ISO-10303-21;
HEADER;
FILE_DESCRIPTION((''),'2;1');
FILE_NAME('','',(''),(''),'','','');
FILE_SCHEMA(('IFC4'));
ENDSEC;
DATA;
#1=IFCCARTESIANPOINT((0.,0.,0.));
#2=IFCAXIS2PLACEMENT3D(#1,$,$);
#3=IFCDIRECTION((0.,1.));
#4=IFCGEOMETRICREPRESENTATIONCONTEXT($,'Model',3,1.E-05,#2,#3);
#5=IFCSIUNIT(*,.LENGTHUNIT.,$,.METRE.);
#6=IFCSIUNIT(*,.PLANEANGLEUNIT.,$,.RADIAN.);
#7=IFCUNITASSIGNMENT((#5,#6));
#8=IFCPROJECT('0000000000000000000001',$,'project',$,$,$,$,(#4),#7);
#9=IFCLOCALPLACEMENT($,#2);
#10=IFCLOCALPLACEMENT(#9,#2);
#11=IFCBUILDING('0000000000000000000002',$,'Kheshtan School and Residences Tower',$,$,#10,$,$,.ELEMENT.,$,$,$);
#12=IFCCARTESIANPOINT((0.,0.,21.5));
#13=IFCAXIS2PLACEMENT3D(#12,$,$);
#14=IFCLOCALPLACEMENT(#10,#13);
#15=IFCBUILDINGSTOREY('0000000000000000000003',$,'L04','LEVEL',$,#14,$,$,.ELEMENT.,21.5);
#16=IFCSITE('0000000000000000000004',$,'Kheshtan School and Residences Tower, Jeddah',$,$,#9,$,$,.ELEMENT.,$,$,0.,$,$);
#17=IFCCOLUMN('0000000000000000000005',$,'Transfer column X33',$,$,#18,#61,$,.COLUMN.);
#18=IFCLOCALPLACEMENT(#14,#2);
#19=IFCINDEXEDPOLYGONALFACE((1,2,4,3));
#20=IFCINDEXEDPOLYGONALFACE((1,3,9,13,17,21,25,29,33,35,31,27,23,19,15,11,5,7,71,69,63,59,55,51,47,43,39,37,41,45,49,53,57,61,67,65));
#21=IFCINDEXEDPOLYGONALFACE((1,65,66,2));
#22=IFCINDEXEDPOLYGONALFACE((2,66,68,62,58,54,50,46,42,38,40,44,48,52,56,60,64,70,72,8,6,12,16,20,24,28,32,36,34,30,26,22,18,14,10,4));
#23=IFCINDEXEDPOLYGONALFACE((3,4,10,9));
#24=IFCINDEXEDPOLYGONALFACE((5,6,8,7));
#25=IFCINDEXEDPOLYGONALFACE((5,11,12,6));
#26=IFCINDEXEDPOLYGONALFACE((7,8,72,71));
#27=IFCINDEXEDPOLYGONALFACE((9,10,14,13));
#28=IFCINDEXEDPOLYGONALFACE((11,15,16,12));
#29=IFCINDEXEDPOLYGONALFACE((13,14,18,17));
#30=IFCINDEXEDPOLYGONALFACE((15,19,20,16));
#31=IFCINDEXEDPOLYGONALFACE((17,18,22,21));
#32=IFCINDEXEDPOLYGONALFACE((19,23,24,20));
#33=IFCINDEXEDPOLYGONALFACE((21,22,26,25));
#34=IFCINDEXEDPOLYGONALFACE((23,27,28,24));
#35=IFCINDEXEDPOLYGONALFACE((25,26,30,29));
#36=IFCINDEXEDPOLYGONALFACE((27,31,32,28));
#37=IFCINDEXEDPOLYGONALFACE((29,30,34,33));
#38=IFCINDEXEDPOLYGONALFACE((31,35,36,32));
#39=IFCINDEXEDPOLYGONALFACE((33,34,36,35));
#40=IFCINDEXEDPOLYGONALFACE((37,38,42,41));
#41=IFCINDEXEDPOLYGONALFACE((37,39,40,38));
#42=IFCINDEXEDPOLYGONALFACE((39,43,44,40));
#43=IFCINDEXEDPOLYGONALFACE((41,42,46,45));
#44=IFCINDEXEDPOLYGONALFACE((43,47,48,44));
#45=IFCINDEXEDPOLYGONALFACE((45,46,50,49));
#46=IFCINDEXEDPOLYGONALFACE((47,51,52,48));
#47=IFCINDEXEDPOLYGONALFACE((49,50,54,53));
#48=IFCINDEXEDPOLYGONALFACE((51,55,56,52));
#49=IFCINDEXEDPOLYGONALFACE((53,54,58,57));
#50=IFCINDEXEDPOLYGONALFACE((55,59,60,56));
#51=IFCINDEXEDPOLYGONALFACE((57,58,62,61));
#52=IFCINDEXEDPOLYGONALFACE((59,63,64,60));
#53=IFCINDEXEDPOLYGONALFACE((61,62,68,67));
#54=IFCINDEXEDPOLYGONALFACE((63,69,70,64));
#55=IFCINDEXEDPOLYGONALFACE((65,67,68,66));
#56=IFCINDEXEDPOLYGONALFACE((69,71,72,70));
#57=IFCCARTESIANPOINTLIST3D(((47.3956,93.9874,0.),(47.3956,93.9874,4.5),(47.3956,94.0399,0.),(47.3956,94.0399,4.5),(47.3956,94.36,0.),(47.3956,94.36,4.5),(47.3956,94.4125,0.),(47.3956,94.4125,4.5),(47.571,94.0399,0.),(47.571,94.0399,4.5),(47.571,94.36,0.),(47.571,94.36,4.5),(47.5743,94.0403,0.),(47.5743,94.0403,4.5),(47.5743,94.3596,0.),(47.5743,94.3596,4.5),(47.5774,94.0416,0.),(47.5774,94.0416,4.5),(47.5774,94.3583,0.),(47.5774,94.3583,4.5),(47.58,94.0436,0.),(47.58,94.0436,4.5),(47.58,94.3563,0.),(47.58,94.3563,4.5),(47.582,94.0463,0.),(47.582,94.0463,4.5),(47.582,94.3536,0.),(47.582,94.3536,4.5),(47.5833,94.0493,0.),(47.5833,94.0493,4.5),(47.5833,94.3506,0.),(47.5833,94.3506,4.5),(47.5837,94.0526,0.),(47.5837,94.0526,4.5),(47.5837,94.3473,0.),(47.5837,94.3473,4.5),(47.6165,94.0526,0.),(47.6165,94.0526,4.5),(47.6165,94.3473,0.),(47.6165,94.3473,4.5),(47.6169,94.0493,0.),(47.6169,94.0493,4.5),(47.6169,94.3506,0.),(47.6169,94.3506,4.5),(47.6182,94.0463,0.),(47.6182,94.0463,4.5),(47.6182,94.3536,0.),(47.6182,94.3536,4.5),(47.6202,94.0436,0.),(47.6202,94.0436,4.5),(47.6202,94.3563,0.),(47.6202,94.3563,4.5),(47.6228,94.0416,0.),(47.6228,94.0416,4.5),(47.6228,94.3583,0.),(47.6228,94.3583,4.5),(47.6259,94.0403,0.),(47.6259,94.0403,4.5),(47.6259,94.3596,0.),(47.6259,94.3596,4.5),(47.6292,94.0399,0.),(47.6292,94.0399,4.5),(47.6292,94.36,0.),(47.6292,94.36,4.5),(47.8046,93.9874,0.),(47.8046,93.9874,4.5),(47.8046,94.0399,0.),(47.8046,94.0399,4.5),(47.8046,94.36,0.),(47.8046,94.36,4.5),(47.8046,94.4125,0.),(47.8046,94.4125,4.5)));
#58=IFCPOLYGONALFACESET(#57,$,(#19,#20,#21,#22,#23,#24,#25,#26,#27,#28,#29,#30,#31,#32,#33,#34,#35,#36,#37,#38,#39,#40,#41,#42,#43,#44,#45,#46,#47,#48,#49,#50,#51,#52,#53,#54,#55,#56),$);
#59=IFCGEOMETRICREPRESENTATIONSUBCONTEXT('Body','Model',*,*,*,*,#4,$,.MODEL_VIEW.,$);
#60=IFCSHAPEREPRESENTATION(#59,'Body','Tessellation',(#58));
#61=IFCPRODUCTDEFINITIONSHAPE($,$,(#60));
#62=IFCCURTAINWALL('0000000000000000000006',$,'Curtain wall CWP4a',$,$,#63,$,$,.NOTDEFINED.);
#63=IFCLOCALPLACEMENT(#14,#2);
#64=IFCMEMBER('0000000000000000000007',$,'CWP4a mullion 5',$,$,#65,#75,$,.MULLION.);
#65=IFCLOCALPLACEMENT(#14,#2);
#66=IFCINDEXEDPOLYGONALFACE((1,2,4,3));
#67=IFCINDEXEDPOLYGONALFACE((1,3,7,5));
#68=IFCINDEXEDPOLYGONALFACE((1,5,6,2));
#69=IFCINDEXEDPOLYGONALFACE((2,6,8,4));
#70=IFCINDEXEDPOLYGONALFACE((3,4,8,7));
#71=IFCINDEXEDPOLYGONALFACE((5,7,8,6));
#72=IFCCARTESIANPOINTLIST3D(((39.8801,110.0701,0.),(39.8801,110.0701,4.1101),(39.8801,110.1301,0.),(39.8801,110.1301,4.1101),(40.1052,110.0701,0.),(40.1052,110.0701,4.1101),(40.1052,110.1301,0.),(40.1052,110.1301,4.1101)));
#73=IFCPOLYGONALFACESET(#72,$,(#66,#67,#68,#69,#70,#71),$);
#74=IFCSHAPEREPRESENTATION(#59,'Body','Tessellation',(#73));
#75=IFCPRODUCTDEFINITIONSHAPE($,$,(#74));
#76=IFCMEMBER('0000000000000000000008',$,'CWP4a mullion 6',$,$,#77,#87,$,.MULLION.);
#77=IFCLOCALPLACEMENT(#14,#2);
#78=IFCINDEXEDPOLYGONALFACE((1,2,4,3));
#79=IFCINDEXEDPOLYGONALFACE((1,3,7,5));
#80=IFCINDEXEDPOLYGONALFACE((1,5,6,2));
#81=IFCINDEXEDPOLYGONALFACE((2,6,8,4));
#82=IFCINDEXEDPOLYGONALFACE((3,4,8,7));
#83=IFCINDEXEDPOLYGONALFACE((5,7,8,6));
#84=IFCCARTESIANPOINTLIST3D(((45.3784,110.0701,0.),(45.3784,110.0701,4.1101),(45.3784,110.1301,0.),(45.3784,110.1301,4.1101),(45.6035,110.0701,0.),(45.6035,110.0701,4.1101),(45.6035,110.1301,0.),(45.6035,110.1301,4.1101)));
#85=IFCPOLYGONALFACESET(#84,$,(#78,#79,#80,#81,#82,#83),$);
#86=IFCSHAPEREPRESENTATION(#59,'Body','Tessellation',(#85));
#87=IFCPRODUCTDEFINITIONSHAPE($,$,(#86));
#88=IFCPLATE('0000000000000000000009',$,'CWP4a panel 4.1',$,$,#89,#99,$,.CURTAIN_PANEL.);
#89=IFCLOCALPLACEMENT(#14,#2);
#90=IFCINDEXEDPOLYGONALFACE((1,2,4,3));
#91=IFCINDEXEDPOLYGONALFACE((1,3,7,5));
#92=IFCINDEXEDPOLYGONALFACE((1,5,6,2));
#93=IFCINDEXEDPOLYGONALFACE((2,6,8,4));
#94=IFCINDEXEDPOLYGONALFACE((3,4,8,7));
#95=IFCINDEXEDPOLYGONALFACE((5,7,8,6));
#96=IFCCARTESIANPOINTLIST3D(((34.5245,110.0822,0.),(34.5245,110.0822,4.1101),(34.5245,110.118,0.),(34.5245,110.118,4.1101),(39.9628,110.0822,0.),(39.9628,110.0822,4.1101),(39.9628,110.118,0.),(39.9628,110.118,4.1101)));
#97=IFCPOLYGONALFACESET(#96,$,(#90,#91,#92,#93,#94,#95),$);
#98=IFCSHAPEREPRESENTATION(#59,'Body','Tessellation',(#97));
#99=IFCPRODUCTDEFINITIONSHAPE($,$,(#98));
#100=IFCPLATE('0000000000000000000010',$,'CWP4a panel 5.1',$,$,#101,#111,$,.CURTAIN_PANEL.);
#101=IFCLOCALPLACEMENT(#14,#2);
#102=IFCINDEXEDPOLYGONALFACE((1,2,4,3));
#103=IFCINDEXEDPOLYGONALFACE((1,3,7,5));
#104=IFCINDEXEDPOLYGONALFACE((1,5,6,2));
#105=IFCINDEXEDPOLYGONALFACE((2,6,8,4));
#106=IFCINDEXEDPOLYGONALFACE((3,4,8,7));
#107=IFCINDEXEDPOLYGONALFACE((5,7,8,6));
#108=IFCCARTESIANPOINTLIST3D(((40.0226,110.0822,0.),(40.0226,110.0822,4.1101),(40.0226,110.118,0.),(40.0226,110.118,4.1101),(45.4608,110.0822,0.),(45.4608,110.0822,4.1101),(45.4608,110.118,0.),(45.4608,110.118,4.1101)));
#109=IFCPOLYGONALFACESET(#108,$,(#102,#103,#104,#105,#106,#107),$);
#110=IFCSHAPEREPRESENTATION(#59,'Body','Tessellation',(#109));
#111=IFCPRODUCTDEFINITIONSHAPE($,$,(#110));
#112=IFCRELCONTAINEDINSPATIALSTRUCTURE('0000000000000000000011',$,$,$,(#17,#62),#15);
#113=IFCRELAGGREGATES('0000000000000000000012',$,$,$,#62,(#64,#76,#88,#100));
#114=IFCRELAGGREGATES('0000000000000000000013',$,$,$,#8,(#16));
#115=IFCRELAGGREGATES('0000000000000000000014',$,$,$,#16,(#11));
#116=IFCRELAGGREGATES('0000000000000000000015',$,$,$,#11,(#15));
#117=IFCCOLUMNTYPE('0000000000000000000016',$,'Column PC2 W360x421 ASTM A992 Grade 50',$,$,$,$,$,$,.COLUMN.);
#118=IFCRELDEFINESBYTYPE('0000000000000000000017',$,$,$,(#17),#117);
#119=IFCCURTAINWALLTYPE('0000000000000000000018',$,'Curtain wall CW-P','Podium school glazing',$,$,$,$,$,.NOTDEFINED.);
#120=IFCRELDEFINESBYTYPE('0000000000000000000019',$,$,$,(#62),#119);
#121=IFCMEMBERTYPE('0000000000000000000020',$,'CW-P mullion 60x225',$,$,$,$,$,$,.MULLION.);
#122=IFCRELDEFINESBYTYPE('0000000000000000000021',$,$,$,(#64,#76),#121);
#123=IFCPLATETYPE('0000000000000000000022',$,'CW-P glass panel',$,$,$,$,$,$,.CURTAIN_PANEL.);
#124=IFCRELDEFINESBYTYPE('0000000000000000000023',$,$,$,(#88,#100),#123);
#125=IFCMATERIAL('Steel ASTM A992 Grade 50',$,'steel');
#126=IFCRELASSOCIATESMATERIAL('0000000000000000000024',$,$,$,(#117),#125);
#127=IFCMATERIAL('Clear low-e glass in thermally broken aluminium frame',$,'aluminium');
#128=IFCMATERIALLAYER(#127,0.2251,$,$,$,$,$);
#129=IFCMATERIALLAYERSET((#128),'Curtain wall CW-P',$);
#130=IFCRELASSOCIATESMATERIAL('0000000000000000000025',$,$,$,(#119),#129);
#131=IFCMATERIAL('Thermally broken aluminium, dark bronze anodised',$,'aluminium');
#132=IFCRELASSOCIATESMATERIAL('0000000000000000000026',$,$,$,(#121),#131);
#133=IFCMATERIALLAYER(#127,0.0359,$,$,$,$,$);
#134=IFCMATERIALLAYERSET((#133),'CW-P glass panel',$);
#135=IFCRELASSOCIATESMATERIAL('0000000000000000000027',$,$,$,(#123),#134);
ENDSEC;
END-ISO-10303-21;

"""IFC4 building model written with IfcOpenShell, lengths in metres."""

from ifc_helpers import new_model, si_unit, direction, frame, origin, origin_2d, place, context, subcontext, project, spatial, rectangle, i_section, extrude, material, layer, layer_set, material_profile, profile_set, type_object, element, aggregate, save


model = new_model("IFC4")

# Units and contexts
model_context = context("Model", 3, precision=1e-05, world=origin(), true_north=direction((0.0, 1.0)))
body_context = subcontext(model_context, "Body", "Model", "MODEL_VIEW")
ifc_project = project(units=[si_unit("LENGTHUNIT", "METRE"), si_unit("PLANEANGLEUNIT", "RADIAN")], contexts=[model_context])

# Site, building, storey
site_placement = place(None, origin())
site = spatial("IfcSite", under=ifc_project, at=site_placement, Name="Kheshtan School and Residences Tower, Jeddah", CompositionType="ELEMENT", RefElevation=0.0)
building_placement = place(site_placement, origin())
building = spatial("IfcBuilding", under=site, at=building_placement, Name="Kheshtan School and Residences Tower", CompositionType="ELEMENT")
storey_placement = place(building_placement, frame((0.0, 0.0, 21.5)))
storey = spatial("IfcBuildingStorey", under=building, at=storey_placement, Name="L04", Description="LEVEL", CompositionType="ELEMENT", Elevation=21.5)

# Column
ifc_material_1 = material(Name="Steel ASTM A992 Grade 50", Category="steel")
ifc_material_profile_1 = material_profile(ifc_material_1, i_section(OverallWidth=0.4089, OverallDepth=0.425, WebThickness=0.0327, FlangeThickness=0.0525, FilletRadius=0.0127, at=origin_2d()), Name="W360x421")
ifc_profile_set_1 = profile_set([ifc_material_profile_1], Name="Steel ASTM A992 Grade 50")
column_type = type_object("IfcColumnType", Name="Column PC2 W360x421 ASTM A992 Grade 50", PredefinedType="COLUMN", material=ifc_profile_set_1)
for number, where, z_axis, x_axis, name in (
    (1, (47.6001, 94.2, 0.0), (0.0, 0.0, 1.0), (1.0, 0.0, 0.0), "Transfer column X33"),
):
    element("IfcColumn", number, at=place(storey_placement, frame(where, z_axis=z_axis, x_axis=x_axis)), inside=storey, type_object=column_type, Name=name, PredefinedType="COLUMN", context=body_context, shape_type="SweptSolid", body=[
        extrude(i_section(OverallWidth=0.4089, OverallDepth=0.425, WebThickness=0.0327, FlangeThickness=0.0525, FilletRadius=0.0127, at=origin_2d()), origin(), (0.0, 0.0, 1.0), 4.5),
    ])

# Curtain wall, members, plates
ifc_material_2 = material(Name="Clear low-e glass in thermally broken aluminium frame", Category="aluminium")
ifc_layer_1 = layer(ifc_material_2, 0.2251)
ifc_layer_set_1 = layer_set([ifc_layer_1], Name="Curtain wall CW-P")
curtain_wall_type = type_object("IfcCurtainWallType", Name="Curtain wall CW-P", Description="Podium school glazing", PredefinedType="NOTDEFINED", material=ifc_layer_set_1)
curtain_wall_placement = place(storey_placement, origin())
curtain_wall = element("IfcCurtainWall", 2, at=curtain_wall_placement, inside=storey, type_object=curtain_wall_type, Name="Curtain wall CWP4a", PredefinedType="NOTDEFINED")
ifc_material_3 = material(Name="Thermally broken aluminium, dark bronze anodised", Category="aluminium")
ifc_material_profile_2 = material_profile(ifc_material_3, rectangle(XDim=0.0601, YDim=0.2251, at=origin_2d()), Name="CW-P mullion 60x225")
ifc_profile_set_2 = profile_set([ifc_material_profile_2], Name="Thermally broken aluminium, dark bronze anodised")
member_type = type_object("IfcMemberType", Name="CW-P mullion 60x225", PredefinedType="MULLION", material=ifc_profile_set_2)
member_1_placement = place(storey_placement, frame((39.9927, 110.1001, 0.0), z_axis=(0.0, 0.0, 1.0), x_axis=(0.0, 1.0, 0.0)))
member_1 = element("IfcMember", 3, at=member_1_placement, type_object=member_type, Name="CWP4a mullion 5", PredefinedType="MULLION", context=body_context, shape_type="SweptSolid", body=[
    extrude(rectangle(XDim=0.0601, YDim=0.2251, at=origin_2d()), origin(), (0.0, 0.0, 1.0), 4.1101),
])
member_2_placement = place(storey_placement, frame((45.491, 110.1001, 0.0), z_axis=(0.0, 0.0, 1.0), x_axis=(0.0, 1.0, 0.0)))
member_2 = element("IfcMember", 4, at=member_2_placement, type_object=member_type, Name="CWP4a mullion 6", PredefinedType="MULLION", context=body_context, shape_type="SweptSolid", body=[
    extrude(rectangle(XDim=0.0601, YDim=0.2251, at=origin_2d()), origin(), (0.0, 0.0, 1.0), 4.1101),
])
ifc_layer_2 = layer(ifc_material_2, 0.0359)
ifc_layer_set_2 = layer_set([ifc_layer_2], Name="CW-P glass panel")
plate_type = type_object("IfcPlateType", Name="CW-P glass panel", PredefinedType="CURTAIN_PANEL", material=ifc_layer_set_2)
plate_1_placement = place(storey_placement, frame((37.2437, 110.1001, 0.0), z_axis=(0.0, 0.0, 1.0), x_axis=(1.0, 0.0, 0.0)))
plate_1 = element("IfcPlate", 5, at=plate_1_placement, type_object=plate_type, Name="CWP4a panel 4.1", PredefinedType="CURTAIN_PANEL", context=body_context, shape_type="SweptSolid", body=[
    extrude(rectangle(XDim=5.4382, YDim=0.0359, at=origin_2d()), origin(), (0.0, 0.0, 1.0), 4.1101),
])
plate_2_placement = place(storey_placement, frame((42.7417, 110.1001, 0.0), z_axis=(0.0, 0.0, 1.0), x_axis=(1.0, 0.0, 0.0)))
plate_2 = element("IfcPlate", 6, at=plate_2_placement, type_object=plate_type, Name="CWP4a panel 5.1", PredefinedType="CURTAIN_PANEL", context=body_context, shape_type="SweptSolid", body=[
    extrude(rectangle(XDim=5.4382, YDim=0.0359, at=origin_2d()), origin(), (0.0, 0.0, 1.0), 4.1101),
])
aggregate(curtain_wall, [member_1, member_2, plate_1, plate_2])

save(model, "model.ifc")
